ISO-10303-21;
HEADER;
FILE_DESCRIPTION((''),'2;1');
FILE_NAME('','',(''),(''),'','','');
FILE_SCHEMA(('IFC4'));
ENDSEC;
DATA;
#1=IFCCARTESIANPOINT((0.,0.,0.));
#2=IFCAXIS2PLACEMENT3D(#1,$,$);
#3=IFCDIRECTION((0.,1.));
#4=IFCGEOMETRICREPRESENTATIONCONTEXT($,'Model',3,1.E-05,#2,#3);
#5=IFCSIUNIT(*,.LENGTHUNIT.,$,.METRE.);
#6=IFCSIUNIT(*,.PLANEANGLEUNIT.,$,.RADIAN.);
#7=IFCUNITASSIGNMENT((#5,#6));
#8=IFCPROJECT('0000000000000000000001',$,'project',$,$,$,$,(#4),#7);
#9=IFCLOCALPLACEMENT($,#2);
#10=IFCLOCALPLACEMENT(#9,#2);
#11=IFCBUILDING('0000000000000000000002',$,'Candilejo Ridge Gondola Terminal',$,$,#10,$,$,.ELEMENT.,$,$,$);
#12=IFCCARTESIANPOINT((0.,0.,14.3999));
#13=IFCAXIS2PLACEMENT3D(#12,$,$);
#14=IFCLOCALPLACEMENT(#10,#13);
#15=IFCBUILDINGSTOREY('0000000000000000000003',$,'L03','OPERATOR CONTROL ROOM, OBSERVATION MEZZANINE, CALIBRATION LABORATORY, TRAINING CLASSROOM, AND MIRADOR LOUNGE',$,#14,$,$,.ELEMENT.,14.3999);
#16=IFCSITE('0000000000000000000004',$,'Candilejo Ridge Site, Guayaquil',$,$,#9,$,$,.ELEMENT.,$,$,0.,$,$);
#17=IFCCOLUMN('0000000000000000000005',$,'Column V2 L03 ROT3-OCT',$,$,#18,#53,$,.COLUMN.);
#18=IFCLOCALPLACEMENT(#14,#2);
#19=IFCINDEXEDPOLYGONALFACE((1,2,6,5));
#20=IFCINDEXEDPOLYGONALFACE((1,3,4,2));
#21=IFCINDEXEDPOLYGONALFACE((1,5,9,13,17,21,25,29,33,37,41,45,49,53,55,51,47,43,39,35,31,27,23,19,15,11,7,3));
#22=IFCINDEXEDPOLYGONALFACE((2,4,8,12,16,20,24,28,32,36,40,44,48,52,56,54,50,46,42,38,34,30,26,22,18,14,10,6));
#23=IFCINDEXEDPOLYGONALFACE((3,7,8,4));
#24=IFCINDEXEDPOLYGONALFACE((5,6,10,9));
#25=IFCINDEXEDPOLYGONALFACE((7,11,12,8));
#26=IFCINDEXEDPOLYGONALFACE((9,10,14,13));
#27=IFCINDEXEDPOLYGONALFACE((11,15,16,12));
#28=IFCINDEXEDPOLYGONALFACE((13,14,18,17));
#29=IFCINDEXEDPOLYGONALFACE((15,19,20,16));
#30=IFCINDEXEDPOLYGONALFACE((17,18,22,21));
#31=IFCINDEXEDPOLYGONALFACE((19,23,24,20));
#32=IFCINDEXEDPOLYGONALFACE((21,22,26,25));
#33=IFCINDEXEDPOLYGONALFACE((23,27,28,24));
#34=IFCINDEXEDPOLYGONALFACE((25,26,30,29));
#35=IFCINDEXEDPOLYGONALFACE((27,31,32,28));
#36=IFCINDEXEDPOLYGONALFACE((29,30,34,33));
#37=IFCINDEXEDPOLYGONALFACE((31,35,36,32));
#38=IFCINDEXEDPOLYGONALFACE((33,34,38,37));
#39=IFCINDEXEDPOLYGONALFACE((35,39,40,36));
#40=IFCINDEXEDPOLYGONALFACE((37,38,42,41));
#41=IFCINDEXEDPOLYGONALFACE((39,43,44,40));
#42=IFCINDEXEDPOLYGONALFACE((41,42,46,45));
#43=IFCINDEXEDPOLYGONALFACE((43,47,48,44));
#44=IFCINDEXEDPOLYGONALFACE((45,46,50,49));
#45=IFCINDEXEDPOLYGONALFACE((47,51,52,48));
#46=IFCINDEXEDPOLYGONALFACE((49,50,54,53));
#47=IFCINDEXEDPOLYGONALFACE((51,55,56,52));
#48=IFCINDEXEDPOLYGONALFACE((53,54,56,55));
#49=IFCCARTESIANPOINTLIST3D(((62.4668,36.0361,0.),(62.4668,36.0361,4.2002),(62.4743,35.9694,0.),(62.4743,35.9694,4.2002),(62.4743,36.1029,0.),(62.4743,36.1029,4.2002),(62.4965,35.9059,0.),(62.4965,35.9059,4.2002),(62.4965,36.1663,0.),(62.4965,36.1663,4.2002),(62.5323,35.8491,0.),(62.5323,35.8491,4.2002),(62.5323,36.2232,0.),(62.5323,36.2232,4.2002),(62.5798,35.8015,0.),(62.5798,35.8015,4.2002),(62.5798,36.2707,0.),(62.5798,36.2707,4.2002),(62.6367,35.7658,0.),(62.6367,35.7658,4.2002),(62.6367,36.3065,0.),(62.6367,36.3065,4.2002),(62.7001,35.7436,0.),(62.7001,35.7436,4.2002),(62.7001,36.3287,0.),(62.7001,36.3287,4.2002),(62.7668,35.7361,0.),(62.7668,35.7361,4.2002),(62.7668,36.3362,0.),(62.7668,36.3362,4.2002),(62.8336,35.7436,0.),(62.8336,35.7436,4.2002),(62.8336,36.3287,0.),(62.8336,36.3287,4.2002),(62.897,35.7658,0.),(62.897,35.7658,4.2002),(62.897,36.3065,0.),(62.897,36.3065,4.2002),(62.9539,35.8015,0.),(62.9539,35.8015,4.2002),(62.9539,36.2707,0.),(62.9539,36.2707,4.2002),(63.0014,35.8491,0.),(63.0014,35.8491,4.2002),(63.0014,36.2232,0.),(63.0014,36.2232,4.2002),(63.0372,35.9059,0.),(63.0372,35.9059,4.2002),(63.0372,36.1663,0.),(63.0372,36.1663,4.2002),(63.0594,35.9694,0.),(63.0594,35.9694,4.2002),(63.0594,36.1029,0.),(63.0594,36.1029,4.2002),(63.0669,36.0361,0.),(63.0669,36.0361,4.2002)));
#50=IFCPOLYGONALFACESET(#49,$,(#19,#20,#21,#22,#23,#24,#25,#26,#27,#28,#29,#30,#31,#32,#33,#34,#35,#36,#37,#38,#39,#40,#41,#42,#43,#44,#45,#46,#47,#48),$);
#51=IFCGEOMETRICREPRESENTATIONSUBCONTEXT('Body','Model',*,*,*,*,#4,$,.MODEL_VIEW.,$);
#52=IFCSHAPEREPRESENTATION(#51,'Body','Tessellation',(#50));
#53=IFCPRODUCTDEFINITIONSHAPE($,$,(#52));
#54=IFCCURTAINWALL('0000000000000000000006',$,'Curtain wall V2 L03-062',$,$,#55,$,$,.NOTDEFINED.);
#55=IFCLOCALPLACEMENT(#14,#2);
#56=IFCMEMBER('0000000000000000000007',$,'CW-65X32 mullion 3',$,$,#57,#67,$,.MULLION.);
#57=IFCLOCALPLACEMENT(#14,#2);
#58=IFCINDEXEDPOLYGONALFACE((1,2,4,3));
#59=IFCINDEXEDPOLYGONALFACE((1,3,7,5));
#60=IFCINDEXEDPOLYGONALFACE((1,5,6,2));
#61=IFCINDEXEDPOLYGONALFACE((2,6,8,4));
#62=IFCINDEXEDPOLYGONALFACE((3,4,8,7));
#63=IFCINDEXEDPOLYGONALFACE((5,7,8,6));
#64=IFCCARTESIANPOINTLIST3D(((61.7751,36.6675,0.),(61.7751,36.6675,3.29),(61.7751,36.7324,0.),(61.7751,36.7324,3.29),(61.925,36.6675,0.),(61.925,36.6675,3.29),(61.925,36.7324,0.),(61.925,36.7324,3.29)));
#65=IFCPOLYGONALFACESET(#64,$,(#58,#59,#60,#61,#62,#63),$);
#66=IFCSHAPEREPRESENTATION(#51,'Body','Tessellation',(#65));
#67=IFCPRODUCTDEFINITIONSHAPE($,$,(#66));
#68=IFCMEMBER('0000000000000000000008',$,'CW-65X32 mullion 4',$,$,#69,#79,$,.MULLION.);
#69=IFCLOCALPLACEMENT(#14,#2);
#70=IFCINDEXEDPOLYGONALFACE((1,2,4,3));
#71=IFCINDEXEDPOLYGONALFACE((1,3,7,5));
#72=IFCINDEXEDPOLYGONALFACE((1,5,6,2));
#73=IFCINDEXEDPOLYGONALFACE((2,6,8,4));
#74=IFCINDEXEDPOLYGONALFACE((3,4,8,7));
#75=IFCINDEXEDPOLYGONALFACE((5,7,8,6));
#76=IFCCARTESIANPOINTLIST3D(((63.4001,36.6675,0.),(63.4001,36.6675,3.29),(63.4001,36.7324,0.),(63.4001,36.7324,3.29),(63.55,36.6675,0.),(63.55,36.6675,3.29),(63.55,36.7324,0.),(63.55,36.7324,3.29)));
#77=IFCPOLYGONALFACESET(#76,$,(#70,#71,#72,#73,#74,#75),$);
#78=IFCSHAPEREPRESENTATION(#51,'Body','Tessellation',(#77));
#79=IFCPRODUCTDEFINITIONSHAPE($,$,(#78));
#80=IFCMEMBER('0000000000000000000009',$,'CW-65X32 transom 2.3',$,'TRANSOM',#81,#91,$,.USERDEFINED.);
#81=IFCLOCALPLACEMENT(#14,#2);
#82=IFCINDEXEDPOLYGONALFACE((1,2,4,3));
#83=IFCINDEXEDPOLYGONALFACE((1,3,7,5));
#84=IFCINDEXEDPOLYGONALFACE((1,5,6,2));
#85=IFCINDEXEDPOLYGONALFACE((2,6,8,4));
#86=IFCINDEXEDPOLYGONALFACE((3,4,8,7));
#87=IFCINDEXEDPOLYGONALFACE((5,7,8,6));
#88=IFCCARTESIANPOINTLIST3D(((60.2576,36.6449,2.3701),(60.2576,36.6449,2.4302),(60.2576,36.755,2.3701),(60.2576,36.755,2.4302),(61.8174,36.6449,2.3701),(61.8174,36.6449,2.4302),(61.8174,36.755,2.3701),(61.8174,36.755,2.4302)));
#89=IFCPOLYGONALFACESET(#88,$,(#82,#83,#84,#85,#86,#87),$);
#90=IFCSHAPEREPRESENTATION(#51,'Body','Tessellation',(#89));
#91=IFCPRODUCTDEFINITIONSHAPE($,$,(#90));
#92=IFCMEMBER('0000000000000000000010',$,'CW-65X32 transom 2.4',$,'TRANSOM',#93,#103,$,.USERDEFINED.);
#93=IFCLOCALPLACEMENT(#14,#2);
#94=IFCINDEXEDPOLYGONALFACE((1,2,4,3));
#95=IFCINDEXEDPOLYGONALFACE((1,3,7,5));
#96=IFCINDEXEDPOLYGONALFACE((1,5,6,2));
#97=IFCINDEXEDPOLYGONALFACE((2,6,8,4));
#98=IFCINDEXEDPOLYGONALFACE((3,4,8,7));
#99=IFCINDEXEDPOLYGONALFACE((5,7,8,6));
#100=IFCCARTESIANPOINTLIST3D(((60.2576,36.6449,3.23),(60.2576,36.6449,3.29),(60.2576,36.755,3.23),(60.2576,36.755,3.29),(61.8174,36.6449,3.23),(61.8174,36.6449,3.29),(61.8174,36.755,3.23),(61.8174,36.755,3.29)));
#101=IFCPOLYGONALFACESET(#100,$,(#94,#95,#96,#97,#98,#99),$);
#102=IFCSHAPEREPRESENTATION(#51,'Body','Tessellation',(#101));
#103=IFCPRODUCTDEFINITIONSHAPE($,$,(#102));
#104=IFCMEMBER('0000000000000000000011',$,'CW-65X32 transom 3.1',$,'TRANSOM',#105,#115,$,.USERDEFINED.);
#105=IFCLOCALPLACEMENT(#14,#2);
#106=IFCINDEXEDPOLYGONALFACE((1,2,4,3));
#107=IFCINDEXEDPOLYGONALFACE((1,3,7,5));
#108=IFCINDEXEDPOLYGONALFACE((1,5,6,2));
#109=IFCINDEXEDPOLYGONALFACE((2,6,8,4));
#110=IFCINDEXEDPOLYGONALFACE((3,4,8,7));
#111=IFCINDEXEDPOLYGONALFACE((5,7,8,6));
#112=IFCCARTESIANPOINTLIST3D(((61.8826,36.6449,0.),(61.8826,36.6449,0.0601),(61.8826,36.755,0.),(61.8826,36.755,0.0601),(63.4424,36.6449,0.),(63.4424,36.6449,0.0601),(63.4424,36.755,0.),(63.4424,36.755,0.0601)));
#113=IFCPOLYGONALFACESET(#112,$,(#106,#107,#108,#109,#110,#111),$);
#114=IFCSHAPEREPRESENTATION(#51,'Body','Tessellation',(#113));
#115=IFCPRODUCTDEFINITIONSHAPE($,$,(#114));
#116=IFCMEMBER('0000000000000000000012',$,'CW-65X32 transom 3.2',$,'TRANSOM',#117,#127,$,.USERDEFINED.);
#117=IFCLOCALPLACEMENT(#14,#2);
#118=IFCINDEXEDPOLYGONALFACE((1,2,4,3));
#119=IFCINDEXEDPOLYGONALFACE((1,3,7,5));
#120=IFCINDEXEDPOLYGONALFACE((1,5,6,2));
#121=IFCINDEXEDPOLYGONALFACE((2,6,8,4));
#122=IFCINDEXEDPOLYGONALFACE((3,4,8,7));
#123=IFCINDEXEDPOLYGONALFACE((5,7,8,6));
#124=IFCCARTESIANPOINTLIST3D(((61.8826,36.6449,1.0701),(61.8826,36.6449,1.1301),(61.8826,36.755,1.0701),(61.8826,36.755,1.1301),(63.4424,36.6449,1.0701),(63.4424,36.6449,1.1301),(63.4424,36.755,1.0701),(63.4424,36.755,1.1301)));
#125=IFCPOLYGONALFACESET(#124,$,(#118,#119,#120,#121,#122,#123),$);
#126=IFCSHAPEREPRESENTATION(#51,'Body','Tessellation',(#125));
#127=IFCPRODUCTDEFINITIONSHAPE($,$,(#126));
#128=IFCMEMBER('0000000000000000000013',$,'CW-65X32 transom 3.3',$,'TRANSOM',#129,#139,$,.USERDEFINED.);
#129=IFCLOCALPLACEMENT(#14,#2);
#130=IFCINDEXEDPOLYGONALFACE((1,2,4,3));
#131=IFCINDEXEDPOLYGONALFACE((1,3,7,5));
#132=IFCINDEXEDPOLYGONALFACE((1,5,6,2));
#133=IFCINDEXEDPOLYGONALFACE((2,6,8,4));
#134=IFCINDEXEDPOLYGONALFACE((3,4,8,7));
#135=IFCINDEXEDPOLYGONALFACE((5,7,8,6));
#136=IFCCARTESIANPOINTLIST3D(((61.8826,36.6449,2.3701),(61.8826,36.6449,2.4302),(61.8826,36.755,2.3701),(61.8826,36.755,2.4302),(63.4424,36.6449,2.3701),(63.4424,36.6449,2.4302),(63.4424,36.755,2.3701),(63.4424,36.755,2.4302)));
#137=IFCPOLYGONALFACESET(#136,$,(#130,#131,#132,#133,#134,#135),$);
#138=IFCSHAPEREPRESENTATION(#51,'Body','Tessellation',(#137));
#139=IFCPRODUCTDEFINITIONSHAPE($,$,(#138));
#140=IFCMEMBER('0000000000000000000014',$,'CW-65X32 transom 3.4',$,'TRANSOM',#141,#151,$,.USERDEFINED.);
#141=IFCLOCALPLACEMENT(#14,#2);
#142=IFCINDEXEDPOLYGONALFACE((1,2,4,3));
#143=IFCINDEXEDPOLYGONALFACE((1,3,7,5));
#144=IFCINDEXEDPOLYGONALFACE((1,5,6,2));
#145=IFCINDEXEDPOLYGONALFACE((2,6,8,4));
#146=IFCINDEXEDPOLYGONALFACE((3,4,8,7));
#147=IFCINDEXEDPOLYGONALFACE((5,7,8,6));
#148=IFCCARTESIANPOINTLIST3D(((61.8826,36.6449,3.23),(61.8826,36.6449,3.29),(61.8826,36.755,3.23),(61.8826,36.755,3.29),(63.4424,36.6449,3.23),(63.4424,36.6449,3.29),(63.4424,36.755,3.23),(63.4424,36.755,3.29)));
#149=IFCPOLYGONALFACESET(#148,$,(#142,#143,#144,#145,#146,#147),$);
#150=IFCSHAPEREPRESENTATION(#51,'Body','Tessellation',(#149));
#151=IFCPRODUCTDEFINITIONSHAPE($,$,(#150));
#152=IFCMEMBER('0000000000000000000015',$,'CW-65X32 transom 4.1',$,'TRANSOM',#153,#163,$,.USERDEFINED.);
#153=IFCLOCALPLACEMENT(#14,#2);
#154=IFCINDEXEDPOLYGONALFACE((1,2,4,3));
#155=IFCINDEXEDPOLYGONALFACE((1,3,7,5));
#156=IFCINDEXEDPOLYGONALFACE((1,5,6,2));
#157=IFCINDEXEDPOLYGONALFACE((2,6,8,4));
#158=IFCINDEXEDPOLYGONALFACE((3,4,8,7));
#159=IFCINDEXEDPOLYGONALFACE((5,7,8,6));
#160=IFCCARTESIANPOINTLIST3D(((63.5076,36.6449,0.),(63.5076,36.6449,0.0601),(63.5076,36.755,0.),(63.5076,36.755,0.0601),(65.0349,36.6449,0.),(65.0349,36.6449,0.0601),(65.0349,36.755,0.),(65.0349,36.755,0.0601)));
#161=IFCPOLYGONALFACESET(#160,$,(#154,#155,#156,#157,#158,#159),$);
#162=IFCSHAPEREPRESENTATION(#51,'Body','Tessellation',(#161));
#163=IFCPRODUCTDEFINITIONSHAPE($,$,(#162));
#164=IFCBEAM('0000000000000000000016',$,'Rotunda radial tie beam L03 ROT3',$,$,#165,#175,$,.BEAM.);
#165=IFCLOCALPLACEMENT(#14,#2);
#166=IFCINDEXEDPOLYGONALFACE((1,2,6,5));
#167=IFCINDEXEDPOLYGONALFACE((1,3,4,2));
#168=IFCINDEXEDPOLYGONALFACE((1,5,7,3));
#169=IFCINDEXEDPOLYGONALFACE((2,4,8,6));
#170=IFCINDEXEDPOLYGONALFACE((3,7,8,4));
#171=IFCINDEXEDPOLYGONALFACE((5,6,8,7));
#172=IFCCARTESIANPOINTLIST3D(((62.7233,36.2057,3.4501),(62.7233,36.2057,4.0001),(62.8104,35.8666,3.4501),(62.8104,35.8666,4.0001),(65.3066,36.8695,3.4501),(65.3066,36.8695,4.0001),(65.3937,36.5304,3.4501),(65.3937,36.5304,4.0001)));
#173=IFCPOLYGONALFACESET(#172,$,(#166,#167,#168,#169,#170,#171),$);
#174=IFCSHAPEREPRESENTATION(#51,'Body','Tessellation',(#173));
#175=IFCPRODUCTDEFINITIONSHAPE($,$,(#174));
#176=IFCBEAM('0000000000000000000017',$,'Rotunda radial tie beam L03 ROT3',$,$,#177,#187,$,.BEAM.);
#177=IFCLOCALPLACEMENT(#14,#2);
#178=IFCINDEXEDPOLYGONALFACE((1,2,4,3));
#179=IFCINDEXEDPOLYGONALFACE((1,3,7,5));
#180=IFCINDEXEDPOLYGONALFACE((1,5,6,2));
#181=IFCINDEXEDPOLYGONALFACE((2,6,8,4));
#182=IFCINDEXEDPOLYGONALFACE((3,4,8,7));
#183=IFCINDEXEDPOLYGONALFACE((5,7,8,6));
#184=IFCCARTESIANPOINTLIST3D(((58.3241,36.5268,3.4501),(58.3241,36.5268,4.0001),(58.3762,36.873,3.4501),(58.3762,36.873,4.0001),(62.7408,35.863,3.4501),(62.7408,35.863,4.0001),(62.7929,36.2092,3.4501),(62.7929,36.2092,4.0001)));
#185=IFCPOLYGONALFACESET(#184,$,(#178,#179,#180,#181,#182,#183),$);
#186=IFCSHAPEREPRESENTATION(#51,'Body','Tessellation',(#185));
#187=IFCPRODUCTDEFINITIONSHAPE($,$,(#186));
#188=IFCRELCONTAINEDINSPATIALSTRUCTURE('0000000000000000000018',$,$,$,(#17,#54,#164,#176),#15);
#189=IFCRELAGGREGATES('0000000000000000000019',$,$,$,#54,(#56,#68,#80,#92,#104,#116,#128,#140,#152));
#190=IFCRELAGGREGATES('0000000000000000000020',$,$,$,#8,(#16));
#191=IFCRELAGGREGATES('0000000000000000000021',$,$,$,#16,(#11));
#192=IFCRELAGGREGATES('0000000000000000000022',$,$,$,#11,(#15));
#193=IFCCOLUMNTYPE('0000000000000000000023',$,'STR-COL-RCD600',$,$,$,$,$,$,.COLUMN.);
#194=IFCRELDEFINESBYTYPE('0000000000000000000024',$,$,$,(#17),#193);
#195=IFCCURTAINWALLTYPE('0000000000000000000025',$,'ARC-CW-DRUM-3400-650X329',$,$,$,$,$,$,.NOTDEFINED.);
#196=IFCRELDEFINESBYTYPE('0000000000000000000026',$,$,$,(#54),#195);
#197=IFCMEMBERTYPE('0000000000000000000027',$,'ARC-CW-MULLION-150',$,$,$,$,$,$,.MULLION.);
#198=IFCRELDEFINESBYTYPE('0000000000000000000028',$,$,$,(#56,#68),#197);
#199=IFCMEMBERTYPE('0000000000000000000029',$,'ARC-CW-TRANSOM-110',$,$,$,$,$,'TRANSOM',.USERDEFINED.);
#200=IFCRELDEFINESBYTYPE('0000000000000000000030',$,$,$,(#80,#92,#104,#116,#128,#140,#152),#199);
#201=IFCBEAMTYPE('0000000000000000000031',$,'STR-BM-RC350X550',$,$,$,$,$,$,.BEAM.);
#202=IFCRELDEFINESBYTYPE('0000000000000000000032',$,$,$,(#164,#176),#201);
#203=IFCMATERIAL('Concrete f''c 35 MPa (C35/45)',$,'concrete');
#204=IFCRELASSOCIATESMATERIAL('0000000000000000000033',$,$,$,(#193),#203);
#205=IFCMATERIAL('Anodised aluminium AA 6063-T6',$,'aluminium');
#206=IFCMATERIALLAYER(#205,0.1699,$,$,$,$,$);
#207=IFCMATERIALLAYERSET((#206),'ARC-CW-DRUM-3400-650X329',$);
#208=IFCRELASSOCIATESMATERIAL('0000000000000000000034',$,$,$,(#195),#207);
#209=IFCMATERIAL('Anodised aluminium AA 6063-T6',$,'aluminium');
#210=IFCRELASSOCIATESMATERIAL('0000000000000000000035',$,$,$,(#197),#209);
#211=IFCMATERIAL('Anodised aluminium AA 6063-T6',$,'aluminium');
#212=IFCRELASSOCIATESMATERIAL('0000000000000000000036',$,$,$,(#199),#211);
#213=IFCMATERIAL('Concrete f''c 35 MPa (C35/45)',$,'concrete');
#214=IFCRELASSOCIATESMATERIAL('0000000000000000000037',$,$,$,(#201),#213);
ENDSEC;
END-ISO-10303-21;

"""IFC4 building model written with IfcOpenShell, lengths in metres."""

from ifc_helpers import new_model, si_unit, direction, frame, origin, origin_2d, place, context, subcontext, project, spatial, rectangle, circle, extrude, material, layer, layer_set, material_profile, profile_set, type_object, element, aggregate, save


model = new_model("IFC4")

# Units and contexts
model_context = context("Model", 3, precision=1e-05, world=origin(), true_north=direction((0.0, 1.0)))
body_context = subcontext(model_context, "Body", "Model", "MODEL_VIEW")
ifc_project = project(units=[si_unit("LENGTHUNIT", "METRE"), si_unit("PLANEANGLEUNIT", "RADIAN")], contexts=[model_context])

# Site, building, storey
site_placement = place(None, origin())
site = spatial("IfcSite", under=ifc_project, at=site_placement, Name="Candilejo Ridge Site, Guayaquil", CompositionType="ELEMENT", RefElevation=0.0)
building_placement = place(site_placement, origin())
building = spatial("IfcBuilding", under=site, at=building_placement, Name="Candilejo Ridge Gondola Terminal", CompositionType="ELEMENT")
storey_placement = place(building_placement, frame((0.0, 0.0, 14.3999)))
storey = spatial("IfcBuildingStorey", under=building, at=storey_placement, Name="L03", Description="OPERATOR CONTROL ROOM, OBSERVATION MEZZANINE, CALIBRATION LABORATORY, TRAINING CLASSROOM, AND MIRADOR LOUNGE", CompositionType="ELEMENT", Elevation=14.3999)

# Column
ifc_material_1 = material(Name="Concrete f'c 35 MPa (C35/45)", Category="concrete")
ifc_material_profile_1 = material_profile(ifc_material_1, circle(Radius=0.3, at=origin_2d()))
ifc_profile_set_1 = profile_set([ifc_material_profile_1], Name="Concrete f'c 35 MPa (C35/45)")
column_type = type_object("IfcColumnType", Name="STR-COL-RCD600", PredefinedType="COLUMN", material=ifc_profile_set_1)
column_placement = place(storey_placement, frame((62.7668, 36.0361, 0.0), z_axis=(0.0, 0.0, 1.0), x_axis=(1.0, 0.0, 0.0)))
element("IfcColumn", 1, at=column_placement, inside=storey, type_object=column_type, Name="Column V2 L03 ROT3-OCT", PredefinedType="COLUMN", context=body_context, shape_type="SweptSolid", body=[
    extrude(circle(Radius=0.3, at=origin_2d()), origin(), (0.0, 0.0, 1.0), 4.2002),
])

# Curtain wall, members
ifc_material_2 = material(Name="Anodised aluminium AA 6063-T6", Category="aluminium")
ifc_layer_1 = layer(ifc_material_2, 0.1699)
ifc_layer_set_1 = layer_set([ifc_layer_1], Name="ARC-CW-DRUM-3400-650X329")
curtain_wall_type = type_object("IfcCurtainWallType", Name="ARC-CW-DRUM-3400-650X329", PredefinedType="NOTDEFINED", material=ifc_layer_set_1)
curtain_wall_placement = place(storey_placement, origin())
curtain_wall = element("IfcCurtainWall", 2, at=curtain_wall_placement, inside=storey, type_object=curtain_wall_type, Name="Curtain wall V2 L03-062", PredefinedType="NOTDEFINED")
ifc_material_3 = material(Name="Anodised aluminium AA 6063-T6", Category="aluminium")
ifc_material_profile_2 = material_profile(ifc_material_3, rectangle(XDim=0.0649, YDim=0.1499, at=origin_2d()))
ifc_profile_set_2 = profile_set([ifc_material_profile_2], Name="Anodised aluminium AA 6063-T6")
member_type_1 = type_object("IfcMemberType", Name="ARC-CW-MULLION-150", PredefinedType="MULLION", material=ifc_profile_set_2)
member_1_placement = place(storey_placement, frame((61.8501, 36.7, 0.0), z_axis=(0.0, 0.0, 1.0), x_axis=(0.0, 1.0, 0.0)))
member_1 = element("IfcMember", 3, at=member_1_placement, type_object=member_type_1, Name="CW-65X32 mullion 3", PredefinedType="MULLION", context=body_context, shape_type="SweptSolid", body=[
    extrude(rectangle(XDim=0.0649, YDim=0.1499, at=origin_2d()), origin(), (0.0, 0.0, 1.0), 3.29),
])
member_2_placement = place(storey_placement, frame((63.4751, 36.7, 0.0), z_axis=(0.0, 0.0, 1.0), x_axis=(0.0, 1.0, 0.0)))
member_2 = element("IfcMember", 4, at=member_2_placement, type_object=member_type_1, Name="CW-65X32 mullion 4", PredefinedType="MULLION", context=body_context, shape_type="SweptSolid", body=[
    extrude(rectangle(XDim=0.0649, YDim=0.1499, at=origin_2d()), origin(), (0.0, 0.0, 1.0), 3.29),
])
ifc_material_4 = material(Name="Anodised aluminium AA 6063-T6", Category="aluminium")
ifc_material_profile_3 = material_profile(ifc_material_4, rectangle(XDim=0.1101, YDim=0.0601, at=origin_2d()))
ifc_profile_set_3 = profile_set([ifc_material_profile_3], Name="Anodised aluminium AA 6063-T6")
member_type_2 = type_object("IfcMemberType", Name="ARC-CW-TRANSOM-110", ElementType="TRANSOM", PredefinedType="USERDEFINED", material=ifc_profile_set_3)
member_3_placement = place(storey_placement, frame((60.2576, 36.7, 2.4001), z_axis=(1.0, 0.0, 0.0), x_axis=(0.0, 1.0, 0.0)))
member_3 = element("IfcMember", 5, at=member_3_placement, type_object=member_type_2, Name="CW-65X32 transom 2.3", ObjectType="TRANSOM", PredefinedType="USERDEFINED", context=body_context, shape_type="SweptSolid", body=[
    extrude(rectangle(XDim=0.1101, YDim=0.0601, at=origin_2d()), origin(), (0.0, 0.0, 1.0), 1.5598),
])
member_4_placement = place(storey_placement, frame((60.2576, 36.7, 3.26), z_axis=(1.0, 0.0, 0.0), x_axis=(0.0, 1.0, 0.0)))
member_4 = element("IfcMember", 6, at=member_4_placement, type_object=member_type_2, Name="CW-65X32 transom 2.4", ObjectType="TRANSOM", PredefinedType="USERDEFINED", context=body_context, shape_type="SweptSolid", body=[
    extrude(rectangle(XDim=0.1101, YDim=0.0601, at=origin_2d()), origin(), (0.0, 0.0, 1.0), 1.5598),
])
member_5_placement = place(storey_placement, frame((61.8826, 36.7, 0.03), z_axis=(1.0, 0.0, 0.0), x_axis=(0.0, 1.0, 0.0)))
member_5 = element("IfcMember", 7, at=member_5_placement, type_object=member_type_2, Name="CW-65X32 transom 3.1", ObjectType="TRANSOM", PredefinedType="USERDEFINED", context=body_context, shape_type="SweptSolid", body=[
    extrude(rectangle(XDim=0.1101, YDim=0.0601, at=origin_2d()), origin(), (0.0, 0.0, 1.0), 1.5598),
])
member_6_placement = place(storey_placement, frame((61.8826, 36.7, 1.1001), z_axis=(1.0, 0.0, 0.0), x_axis=(0.0, 1.0, 0.0)))
member_6 = element("IfcMember", 8, at=member_6_placement, type_object=member_type_2, Name="CW-65X32 transom 3.2", ObjectType="TRANSOM", PredefinedType="USERDEFINED", context=body_context, shape_type="SweptSolid", body=[
    extrude(rectangle(XDim=0.1101, YDim=0.0601, at=origin_2d()), origin(), (0.0, 0.0, 1.0), 1.5598),
])
member_7_placement = place(storey_placement, frame((61.8826, 36.7, 2.4001), z_axis=(1.0, 0.0, 0.0), x_axis=(0.0, 1.0, 0.0)))
member_7 = element("IfcMember", 9, at=member_7_placement, type_object=member_type_2, Name="CW-65X32 transom 3.3", ObjectType="TRANSOM", PredefinedType="USERDEFINED", context=body_context, shape_type="SweptSolid", body=[
    extrude(rectangle(XDim=0.1101, YDim=0.0601, at=origin_2d()), origin(), (0.0, 0.0, 1.0), 1.5598),
])
member_8_placement = place(storey_placement, frame((61.8826, 36.7, 3.26), z_axis=(1.0, 0.0, 0.0), x_axis=(0.0, 1.0, 0.0)))
member_8 = element("IfcMember", 10, at=member_8_placement, type_object=member_type_2, Name="CW-65X32 transom 3.4", ObjectType="TRANSOM", PredefinedType="USERDEFINED", context=body_context, shape_type="SweptSolid", body=[
    extrude(rectangle(XDim=0.1101, YDim=0.0601, at=origin_2d()), origin(), (0.0, 0.0, 1.0), 1.5598),
])
member_9_placement = place(storey_placement, frame((63.5076, 36.7, 0.03), z_axis=(1.0, 0.0, 0.0), x_axis=(0.0, 1.0, 0.0)))
member_9 = element("IfcMember", 11, at=member_9_placement, type_object=member_type_2, Name="CW-65X32 transom 4.1", ObjectType="TRANSOM", PredefinedType="USERDEFINED", context=body_context, shape_type="SweptSolid", body=[
    extrude(rectangle(XDim=0.1101, YDim=0.0601, at=origin_2d()), origin(), (0.0, 0.0, 1.0), 1.5273),
])

# Beams
ifc_material_5 = material(Name="Concrete f'c 35 MPa (C35/45)", Category="concrete")
ifc_material_profile_4 = material_profile(ifc_material_5, rectangle(XDim=0.3501, YDim=0.55, at=origin_2d()))
ifc_profile_set_4 = profile_set([ifc_material_profile_4], Name="Concrete f'c 35 MPa (C35/45)")
beam_type = type_object("IfcBeamType", Name="STR-BM-RC350X550", PredefinedType="BEAM", material=ifc_profile_set_4)
beam_1_placement = place(storey_placement, frame((62.7668, 36.0361, 3.7251), z_axis=(0.968533, 0.248884, 0.0), x_axis=(-0.248884, 0.968533, 0.0)))
element("IfcBeam", 12, at=beam_1_placement, inside=storey, type_object=beam_type, Name="Rotunda radial tie beam L03 ROT3", PredefinedType="BEAM", context=body_context, shape_type="SweptSolid", body=[
    extrude(rectangle(XDim=0.3501, YDim=0.55, at=origin_2d()), origin(), (0.0, 0.0, 1.0), 2.6672),
])
beam_2_placement = place(storey_placement, frame((62.7668, 36.0361, 3.7251), z_axis=(-0.988893, 0.148626, 0.0), x_axis=(-0.148626, -0.988893, 0.0)))
element("IfcBeam", 13, at=beam_2_placement, inside=storey, type_object=beam_type, Name="Rotunda radial tie beam L03 ROT3", PredefinedType="BEAM", context=body_context, shape_type="SweptSolid", body=[
    extrude(rectangle(XDim=0.3501, YDim=0.55, at=origin_2d()), origin(), (0.0, 0.0, 1.0), 4.4663),
])

aggregate(curtain_wall, [member_1, member_2, member_3, member_4, member_5, member_6, member_7, member_8, member_9])

save(model, "model.ifc")
